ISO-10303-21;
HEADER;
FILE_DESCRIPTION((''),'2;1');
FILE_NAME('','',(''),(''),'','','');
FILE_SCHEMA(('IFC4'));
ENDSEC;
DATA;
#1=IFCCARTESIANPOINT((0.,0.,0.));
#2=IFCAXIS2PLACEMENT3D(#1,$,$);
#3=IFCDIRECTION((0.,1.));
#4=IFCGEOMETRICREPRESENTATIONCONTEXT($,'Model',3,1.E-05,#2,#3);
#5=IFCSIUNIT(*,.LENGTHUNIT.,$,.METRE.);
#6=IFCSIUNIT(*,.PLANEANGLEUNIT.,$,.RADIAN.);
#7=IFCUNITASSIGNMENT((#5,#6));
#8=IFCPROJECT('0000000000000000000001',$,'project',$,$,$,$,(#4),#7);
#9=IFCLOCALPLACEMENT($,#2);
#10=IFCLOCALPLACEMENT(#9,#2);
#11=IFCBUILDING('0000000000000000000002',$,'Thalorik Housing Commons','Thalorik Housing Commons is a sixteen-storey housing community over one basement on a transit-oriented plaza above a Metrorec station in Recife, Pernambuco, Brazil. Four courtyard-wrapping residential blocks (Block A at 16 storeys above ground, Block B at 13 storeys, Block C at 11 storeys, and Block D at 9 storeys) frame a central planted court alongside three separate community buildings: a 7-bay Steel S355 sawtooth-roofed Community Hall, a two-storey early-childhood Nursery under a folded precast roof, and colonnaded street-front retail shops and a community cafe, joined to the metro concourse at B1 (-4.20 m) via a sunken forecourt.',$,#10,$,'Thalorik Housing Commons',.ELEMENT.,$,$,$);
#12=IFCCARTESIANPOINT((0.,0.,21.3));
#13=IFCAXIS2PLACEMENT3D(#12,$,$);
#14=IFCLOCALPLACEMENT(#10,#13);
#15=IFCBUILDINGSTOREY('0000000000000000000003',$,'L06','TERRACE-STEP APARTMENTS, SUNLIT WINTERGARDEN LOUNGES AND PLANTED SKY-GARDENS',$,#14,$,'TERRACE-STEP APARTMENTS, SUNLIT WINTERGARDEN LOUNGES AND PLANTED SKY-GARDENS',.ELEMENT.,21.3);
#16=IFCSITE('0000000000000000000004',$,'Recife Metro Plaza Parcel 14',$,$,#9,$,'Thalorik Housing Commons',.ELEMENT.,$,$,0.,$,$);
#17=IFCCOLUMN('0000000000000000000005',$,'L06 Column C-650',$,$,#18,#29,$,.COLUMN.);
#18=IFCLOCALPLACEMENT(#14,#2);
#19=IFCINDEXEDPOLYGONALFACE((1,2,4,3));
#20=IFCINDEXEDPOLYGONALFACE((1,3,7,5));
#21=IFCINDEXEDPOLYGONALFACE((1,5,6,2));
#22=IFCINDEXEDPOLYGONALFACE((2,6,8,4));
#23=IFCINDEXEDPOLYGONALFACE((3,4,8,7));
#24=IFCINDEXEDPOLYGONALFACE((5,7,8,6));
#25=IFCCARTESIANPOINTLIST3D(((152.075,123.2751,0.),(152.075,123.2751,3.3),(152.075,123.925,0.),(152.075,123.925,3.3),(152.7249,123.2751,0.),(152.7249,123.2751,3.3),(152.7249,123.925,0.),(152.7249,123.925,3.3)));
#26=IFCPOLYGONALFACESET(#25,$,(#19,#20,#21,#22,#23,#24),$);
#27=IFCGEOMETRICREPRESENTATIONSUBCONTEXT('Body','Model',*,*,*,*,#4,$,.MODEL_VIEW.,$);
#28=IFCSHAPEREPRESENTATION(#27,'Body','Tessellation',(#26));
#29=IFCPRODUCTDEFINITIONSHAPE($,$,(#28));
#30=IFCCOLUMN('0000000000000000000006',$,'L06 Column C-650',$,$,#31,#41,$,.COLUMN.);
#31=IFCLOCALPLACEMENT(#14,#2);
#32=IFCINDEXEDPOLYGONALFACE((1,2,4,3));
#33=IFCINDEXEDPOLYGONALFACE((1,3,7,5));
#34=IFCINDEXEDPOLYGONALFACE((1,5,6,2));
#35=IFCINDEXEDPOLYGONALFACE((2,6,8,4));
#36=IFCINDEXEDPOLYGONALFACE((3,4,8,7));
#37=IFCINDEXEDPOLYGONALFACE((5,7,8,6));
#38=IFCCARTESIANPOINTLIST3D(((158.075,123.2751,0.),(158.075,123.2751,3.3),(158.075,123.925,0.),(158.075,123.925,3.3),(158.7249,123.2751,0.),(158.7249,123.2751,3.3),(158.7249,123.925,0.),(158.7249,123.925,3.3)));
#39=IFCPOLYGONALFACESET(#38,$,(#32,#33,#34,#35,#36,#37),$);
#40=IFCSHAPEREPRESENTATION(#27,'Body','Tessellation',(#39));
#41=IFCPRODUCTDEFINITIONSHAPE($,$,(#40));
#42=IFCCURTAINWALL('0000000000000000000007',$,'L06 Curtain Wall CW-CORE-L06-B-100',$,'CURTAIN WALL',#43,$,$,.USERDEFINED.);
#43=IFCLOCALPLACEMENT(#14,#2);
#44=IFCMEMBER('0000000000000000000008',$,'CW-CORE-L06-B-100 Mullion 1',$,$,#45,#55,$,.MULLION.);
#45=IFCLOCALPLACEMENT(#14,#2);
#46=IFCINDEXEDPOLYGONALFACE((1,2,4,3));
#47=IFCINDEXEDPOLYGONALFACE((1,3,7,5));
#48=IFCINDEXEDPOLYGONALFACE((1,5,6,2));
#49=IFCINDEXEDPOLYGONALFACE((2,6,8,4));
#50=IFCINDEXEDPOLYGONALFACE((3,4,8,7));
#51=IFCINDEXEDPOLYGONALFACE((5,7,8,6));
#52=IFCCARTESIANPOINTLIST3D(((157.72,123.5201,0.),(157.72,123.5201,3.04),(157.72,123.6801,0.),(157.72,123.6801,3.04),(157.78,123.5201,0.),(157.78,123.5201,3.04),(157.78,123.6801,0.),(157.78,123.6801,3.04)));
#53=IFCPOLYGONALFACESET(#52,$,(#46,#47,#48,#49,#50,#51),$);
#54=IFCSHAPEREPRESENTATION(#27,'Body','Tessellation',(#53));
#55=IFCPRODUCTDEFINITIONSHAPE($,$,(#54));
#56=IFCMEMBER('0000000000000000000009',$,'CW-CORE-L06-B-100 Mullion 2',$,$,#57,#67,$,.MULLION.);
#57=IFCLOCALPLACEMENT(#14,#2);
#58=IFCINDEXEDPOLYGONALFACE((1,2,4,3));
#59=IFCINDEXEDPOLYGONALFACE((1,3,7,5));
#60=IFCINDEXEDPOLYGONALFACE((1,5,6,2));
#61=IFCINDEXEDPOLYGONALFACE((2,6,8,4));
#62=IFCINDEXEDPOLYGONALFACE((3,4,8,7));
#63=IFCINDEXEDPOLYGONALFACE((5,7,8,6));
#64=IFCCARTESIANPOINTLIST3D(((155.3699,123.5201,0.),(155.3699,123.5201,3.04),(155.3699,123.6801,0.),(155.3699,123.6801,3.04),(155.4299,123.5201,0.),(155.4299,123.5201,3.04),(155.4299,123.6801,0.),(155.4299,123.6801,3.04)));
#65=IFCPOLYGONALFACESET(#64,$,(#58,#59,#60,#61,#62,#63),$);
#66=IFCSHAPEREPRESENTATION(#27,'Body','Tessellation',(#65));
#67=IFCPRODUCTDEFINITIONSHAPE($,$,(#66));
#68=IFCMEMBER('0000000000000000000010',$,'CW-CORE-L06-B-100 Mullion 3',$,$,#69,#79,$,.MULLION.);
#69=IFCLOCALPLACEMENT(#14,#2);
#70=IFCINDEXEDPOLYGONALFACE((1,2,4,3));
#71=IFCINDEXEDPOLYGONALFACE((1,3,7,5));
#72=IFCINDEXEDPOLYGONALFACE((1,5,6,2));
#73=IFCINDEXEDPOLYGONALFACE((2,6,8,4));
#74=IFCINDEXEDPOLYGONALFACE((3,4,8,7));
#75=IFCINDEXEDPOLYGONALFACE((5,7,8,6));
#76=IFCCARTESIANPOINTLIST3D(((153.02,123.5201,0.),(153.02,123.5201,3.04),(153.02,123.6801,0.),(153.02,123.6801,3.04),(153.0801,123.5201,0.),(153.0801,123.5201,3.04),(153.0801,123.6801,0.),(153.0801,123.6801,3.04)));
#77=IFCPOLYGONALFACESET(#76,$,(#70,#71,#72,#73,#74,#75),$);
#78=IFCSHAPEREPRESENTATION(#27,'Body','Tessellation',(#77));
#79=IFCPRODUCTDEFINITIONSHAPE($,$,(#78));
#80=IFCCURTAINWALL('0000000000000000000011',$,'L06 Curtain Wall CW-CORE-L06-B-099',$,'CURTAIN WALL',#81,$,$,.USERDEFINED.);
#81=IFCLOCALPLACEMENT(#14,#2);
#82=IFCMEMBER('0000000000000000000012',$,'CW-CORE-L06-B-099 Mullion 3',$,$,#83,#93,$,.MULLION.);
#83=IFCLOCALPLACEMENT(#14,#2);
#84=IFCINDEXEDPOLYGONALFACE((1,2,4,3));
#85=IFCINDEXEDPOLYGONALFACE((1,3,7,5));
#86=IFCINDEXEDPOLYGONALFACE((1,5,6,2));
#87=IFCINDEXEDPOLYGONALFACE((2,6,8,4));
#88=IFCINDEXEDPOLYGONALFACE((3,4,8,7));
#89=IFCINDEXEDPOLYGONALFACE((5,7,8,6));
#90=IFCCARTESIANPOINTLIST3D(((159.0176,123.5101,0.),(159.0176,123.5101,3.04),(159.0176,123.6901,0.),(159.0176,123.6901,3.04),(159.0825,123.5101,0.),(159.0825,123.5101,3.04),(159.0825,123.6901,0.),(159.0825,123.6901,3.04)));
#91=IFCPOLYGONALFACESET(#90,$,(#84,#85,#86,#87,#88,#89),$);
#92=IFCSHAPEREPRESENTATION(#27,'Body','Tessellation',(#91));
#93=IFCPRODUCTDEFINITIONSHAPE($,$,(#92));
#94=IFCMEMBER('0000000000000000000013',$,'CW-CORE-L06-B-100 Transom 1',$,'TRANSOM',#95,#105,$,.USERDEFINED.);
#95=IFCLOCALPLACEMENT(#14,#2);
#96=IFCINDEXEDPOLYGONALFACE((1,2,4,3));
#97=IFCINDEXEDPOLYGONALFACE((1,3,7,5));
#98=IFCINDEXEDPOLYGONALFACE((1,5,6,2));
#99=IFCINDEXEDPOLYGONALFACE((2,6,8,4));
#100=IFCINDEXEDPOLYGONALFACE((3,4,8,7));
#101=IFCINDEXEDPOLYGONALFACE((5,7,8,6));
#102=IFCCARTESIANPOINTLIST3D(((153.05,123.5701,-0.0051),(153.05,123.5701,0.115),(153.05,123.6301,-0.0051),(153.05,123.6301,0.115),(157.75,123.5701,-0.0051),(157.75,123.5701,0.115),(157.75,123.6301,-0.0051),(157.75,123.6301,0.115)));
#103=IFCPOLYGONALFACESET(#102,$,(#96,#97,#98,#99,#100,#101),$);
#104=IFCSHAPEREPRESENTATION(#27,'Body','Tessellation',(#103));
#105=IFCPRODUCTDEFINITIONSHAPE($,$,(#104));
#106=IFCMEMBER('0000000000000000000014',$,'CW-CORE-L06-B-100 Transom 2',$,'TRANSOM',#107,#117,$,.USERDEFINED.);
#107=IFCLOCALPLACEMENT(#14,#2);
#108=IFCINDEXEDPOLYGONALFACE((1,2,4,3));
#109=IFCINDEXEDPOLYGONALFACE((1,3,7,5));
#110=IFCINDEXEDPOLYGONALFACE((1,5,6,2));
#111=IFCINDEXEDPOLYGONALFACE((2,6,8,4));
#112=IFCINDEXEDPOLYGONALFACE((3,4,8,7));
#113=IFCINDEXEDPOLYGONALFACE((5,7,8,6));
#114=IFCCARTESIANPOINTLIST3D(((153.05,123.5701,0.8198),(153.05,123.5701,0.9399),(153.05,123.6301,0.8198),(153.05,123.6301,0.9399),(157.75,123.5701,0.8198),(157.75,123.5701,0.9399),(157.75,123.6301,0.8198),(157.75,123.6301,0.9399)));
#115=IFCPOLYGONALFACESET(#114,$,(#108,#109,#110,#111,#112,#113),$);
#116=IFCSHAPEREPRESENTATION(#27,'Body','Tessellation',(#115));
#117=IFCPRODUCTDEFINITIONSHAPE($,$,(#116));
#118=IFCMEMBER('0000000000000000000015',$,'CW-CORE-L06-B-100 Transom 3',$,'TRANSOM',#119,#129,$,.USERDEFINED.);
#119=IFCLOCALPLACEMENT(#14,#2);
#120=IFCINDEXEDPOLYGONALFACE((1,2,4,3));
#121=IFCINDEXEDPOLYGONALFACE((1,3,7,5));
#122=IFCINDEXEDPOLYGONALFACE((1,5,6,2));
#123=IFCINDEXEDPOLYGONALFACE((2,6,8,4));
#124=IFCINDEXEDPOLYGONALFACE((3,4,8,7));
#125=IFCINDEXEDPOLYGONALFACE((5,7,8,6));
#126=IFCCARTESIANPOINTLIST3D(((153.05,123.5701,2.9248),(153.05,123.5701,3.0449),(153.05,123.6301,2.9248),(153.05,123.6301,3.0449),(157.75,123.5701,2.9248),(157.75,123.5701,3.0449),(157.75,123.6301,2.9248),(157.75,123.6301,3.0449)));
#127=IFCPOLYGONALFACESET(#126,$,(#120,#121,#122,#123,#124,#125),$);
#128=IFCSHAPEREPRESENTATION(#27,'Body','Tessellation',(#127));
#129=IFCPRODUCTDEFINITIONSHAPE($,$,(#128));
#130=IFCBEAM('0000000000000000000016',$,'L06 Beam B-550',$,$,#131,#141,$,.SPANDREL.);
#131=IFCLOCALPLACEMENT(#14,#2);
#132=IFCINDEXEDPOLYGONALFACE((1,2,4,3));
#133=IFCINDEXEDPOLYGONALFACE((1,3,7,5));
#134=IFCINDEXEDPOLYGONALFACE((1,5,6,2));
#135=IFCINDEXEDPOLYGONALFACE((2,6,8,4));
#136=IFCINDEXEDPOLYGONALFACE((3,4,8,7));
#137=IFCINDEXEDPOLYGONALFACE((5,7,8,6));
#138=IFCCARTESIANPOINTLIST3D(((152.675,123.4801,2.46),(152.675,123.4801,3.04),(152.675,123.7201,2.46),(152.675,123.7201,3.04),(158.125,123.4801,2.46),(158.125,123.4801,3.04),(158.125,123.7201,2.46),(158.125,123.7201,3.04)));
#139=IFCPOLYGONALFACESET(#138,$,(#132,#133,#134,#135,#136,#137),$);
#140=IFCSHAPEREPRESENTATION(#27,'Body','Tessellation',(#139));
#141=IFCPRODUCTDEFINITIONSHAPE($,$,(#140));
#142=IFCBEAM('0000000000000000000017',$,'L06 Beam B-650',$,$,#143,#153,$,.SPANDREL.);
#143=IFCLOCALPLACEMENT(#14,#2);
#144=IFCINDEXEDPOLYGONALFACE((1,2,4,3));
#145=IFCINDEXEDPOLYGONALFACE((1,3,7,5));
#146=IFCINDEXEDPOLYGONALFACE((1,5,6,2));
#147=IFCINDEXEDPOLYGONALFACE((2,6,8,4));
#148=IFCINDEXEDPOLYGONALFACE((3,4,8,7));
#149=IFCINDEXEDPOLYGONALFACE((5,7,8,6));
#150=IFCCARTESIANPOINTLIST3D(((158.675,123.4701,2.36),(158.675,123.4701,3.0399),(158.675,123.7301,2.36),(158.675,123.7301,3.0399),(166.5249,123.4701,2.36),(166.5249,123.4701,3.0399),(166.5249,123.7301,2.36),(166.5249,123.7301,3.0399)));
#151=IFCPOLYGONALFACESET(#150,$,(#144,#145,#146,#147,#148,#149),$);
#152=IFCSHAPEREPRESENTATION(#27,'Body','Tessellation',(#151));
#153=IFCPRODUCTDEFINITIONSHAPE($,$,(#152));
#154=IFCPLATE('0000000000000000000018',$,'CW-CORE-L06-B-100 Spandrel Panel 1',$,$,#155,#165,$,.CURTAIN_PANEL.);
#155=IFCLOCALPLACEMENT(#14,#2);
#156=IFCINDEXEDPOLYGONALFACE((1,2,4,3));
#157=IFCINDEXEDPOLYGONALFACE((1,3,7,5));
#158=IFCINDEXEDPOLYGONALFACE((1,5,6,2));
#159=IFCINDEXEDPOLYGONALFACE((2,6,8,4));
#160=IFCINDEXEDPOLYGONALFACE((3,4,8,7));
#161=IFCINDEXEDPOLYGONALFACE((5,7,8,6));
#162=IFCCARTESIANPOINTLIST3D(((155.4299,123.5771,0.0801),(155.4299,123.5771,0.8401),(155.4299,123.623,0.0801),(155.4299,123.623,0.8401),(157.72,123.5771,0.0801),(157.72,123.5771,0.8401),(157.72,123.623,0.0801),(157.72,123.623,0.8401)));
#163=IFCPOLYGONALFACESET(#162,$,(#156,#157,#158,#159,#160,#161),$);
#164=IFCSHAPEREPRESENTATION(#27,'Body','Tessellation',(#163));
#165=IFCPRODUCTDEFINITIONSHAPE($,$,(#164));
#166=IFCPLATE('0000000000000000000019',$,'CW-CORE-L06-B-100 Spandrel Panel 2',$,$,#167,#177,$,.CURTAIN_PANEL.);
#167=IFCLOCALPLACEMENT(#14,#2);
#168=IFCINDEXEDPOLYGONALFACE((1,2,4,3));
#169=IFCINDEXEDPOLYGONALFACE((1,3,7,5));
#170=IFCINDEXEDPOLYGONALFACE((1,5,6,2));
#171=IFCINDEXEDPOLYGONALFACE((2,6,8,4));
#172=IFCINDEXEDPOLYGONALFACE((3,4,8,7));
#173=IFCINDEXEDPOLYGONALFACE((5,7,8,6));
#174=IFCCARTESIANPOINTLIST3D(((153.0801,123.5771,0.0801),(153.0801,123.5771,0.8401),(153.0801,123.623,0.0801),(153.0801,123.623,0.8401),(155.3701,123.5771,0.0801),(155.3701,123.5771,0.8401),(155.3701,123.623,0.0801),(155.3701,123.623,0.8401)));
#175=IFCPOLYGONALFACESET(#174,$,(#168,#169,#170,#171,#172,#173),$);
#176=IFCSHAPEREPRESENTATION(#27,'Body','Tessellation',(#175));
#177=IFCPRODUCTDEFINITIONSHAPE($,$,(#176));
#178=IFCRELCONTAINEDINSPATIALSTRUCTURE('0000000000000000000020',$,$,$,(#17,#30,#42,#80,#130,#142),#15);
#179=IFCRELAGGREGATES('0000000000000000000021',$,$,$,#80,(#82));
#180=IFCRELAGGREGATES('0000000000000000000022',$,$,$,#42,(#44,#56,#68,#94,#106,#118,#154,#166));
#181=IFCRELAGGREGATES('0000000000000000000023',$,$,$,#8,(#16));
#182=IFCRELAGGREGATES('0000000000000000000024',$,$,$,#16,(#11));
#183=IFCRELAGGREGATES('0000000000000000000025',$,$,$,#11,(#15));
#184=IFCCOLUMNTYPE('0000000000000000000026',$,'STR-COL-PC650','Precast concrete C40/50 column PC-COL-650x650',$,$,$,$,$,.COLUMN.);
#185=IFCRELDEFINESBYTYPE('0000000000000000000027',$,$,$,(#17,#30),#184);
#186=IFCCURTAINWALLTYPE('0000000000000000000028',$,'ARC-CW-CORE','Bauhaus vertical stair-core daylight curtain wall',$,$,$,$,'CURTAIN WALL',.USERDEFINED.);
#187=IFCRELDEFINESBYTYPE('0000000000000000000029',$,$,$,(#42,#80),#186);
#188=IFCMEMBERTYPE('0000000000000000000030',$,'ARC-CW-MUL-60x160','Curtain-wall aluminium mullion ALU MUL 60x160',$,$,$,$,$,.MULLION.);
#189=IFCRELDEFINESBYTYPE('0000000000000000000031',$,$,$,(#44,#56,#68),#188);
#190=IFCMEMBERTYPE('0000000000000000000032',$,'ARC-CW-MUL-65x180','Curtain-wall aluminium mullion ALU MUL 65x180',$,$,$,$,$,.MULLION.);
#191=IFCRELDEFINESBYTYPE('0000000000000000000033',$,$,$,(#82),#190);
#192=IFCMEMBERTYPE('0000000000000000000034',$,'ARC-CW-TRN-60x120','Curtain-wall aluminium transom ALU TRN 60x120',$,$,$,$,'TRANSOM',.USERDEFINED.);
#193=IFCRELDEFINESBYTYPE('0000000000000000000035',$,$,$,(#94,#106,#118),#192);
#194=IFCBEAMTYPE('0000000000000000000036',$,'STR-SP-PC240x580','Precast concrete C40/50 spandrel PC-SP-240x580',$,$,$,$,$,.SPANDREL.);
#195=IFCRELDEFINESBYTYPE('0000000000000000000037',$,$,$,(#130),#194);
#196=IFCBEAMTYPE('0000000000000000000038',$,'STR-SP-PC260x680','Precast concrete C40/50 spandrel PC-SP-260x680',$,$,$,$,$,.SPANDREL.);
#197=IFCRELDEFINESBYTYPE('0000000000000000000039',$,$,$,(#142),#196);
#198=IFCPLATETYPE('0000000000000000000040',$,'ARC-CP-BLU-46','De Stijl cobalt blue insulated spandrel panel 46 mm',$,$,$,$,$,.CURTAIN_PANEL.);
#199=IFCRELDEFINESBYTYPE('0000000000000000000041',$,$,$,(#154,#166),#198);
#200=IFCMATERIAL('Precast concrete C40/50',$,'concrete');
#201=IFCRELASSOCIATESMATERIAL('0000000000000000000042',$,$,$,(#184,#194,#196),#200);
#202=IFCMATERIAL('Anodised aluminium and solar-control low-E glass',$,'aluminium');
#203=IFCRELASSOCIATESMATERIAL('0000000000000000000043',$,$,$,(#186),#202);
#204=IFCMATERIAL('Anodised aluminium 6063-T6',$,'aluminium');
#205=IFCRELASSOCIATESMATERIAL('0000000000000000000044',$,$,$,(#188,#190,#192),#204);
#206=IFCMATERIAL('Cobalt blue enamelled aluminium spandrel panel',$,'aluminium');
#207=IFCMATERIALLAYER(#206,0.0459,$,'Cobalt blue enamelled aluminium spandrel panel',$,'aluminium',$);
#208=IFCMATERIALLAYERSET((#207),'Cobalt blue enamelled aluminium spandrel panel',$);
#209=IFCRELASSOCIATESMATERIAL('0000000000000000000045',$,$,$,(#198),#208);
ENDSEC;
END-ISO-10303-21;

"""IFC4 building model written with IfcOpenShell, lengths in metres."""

from ifc_helpers import new_model, si_unit, direction, frame, origin, origin_2d, place, context, subcontext, project, spatial, rectangle, extrude, material, layer, layer_set, material_profile, profile_set, type_object, element, aggregate, save


model = new_model("IFC4")

# Units and contexts
model_context = context("Model", 3, precision=1e-05, world=origin(), true_north=direction((0.0, 1.0)))
body_context = subcontext(model_context, "Body", "Model", "MODEL_VIEW")
ifc_project = project(units=[si_unit("LENGTHUNIT", "METRE"), si_unit("PLANEANGLEUNIT", "RADIAN")], contexts=[model_context])

# Site, building, storey
site_placement = place(None, origin())
site = spatial("IfcSite", under=ifc_project, at=site_placement, Name="Recife Metro Plaza Parcel 14", LongName="Thalorik Housing Commons", CompositionType="ELEMENT", RefElevation=0.0)
building_placement = place(site_placement, origin())
building = spatial("IfcBuilding", under=site, at=building_placement, Name="Thalorik Housing Commons", Description="Thalorik Housing Commons is a sixteen-storey housing community over one basement on a transit-oriented plaza above a Metrorec station in Recife, Pernambuco, Brazil. Four courtyard-wrapping residential blocks (Block A at 16 storeys above ground, Block B at 13 storeys, Block C at 11 storeys, and Block D at 9 storeys) frame a central planted court alongside three separate community buildings: a 7-bay Steel S355 sawtooth-roofed Community Hall, a two-storey early-childhood Nursery under a folded precast roof, and colonnaded street-front retail shops and a community cafe, joined to the metro concourse at B1 (-4.20 m) via a sunken forecourt.", LongName="Thalorik Housing Commons", CompositionType="ELEMENT")
storey_placement = place(building_placement, frame((0.0, 0.0, 21.3)))
storey = spatial("IfcBuildingStorey", under=building, at=storey_placement, Name="L06", Description="TERRACE-STEP APARTMENTS, SUNLIT WINTERGARDEN LOUNGES AND PLANTED SKY-GARDENS", LongName="TERRACE-STEP APARTMENTS, SUNLIT WINTERGARDEN LOUNGES AND PLANTED SKY-GARDENS", CompositionType="ELEMENT", Elevation=21.3)

# Columns
ifc_material_1 = material(Name="Precast concrete C40/50", Category="concrete")
ifc_material_profile_1 = material_profile(ifc_material_1, rectangle(XDim=0.6499, YDim=0.6499, at=origin_2d()), Name="PC 650x650", Category="concrete")
ifc_profile_set_1 = profile_set([ifc_material_profile_1], Name="Precast concrete C40/50")
column_type = type_object("IfcColumnType", Name="STR-COL-PC650", Description="Precast concrete C40/50 column PC-COL-650x650", PredefinedType="COLUMN", material=ifc_profile_set_1)
for number, where, z_axis, x_axis, name in (
    (1, (152.3999, 123.6001, 0.0), (0.0, 0.0, 1.0), (1.0, 0.0, 0.0), "L06 Column C-650"),
    (2, (158.3999, 123.6001, 0.0), (0.0, 0.0, 1.0), (1.0, 0.0, 0.0), "L06 Column C-650"),
):
    element("IfcColumn", number, at=place(storey_placement, frame(where, z_axis=z_axis, x_axis=x_axis)), inside=storey, type_object=column_type, Name=name, PredefinedType="COLUMN", context=body_context, shape_type="SweptSolid", body=[
        extrude(rectangle(XDim=0.6499, YDim=0.6499, at=origin_2d()), origin(), (0.0, 0.0, 1.0), 3.3),
    ])

# Curtain wall, members
ifc_material_2 = material(Name="Anodised aluminium and solar-control low-E glass", Category="aluminium")
curtain_wall_type = type_object("IfcCurtainWallType", Name="ARC-CW-CORE", Description="Bauhaus vertical stair-core daylight curtain wall", ElementType="CURTAIN WALL", PredefinedType="USERDEFINED", material=ifc_material_2)
curtain_wall_1_placement = place(storey_placement, origin())
curtain_wall_1 = element("IfcCurtainWall", 3, at=curtain_wall_1_placement, inside=storey, type_object=curtain_wall_type, Name="L06 Curtain Wall CW-CORE-L06-B-100", ObjectType="CURTAIN WALL", PredefinedType="USERDEFINED")
ifc_material_3 = material(Name="Anodised aluminium 6063-T6", Category="aluminium")
ifc_material_profile_2 = material_profile(ifc_material_3, rectangle(XDim=0.0601, YDim=0.1599, at=origin_2d()), Name="ALU MUL 60x160", Category="aluminium")
ifc_profile_set_2 = profile_set([ifc_material_profile_2], Name="Anodised aluminium 6063-T6")
member_type_1 = type_object("IfcMemberType", Name="ARC-CW-MUL-60x160", Description="Curtain-wall aluminium mullion ALU MUL 60x160", PredefinedType="MULLION", material=ifc_profile_set_2)
member_1_placement = place(storey_placement, frame((157.75, 123.6001, 0.0), z_axis=(0.0, 0.0, 1.0), x_axis=(-1.0, 0.0, 0.0)))
member_1 = element("IfcMember", 4, at=member_1_placement, type_object=member_type_1, Name="CW-CORE-L06-B-100 Mullion 1", PredefinedType="MULLION", context=body_context, shape_type="SweptSolid", body=[
    extrude(rectangle(XDim=0.0601, YDim=0.1599, at=origin_2d()), origin(), (0.0, 0.0, 1.0), 3.04),
])
member_2_placement = place(storey_placement, frame((155.3999, 123.6001, 0.0), z_axis=(0.0, 0.0, 1.0), x_axis=(-1.0, 0.0, 0.0)))
member_2 = element("IfcMember", 5, at=member_2_placement, type_object=member_type_1, Name="CW-CORE-L06-B-100 Mullion 2", PredefinedType="MULLION", context=body_context, shape_type="SweptSolid", body=[
    extrude(rectangle(XDim=0.0601, YDim=0.1599, at=origin_2d()), origin(), (0.0, 0.0, 1.0), 3.04),
])
member_3_placement = place(storey_placement, frame((153.05, 123.6001, 0.0), z_axis=(0.0, 0.0, 1.0), x_axis=(-1.0, 0.0, 0.0)))
member_3 = element("IfcMember", 6, at=member_3_placement, type_object=member_type_1, Name="CW-CORE-L06-B-100 Mullion 3", PredefinedType="MULLION", context=body_context, shape_type="SweptSolid", body=[
    extrude(rectangle(XDim=0.0601, YDim=0.1599, at=origin_2d()), origin(), (0.0, 0.0, 1.0), 3.04),
])

# Curtain wall, member
curtain_wall_2_placement = place(storey_placement, origin())
curtain_wall_2 = element("IfcCurtainWall", 7, at=curtain_wall_2_placement, inside=storey, type_object=curtain_wall_type, Name="L06 Curtain Wall CW-CORE-L06-B-099", ObjectType="CURTAIN WALL", PredefinedType="USERDEFINED")
ifc_material_profile_3 = material_profile(ifc_material_3, rectangle(XDim=0.0649, YDim=0.1799, at=origin_2d()), Name="ALU MUL 65x180", Category="aluminium")
ifc_profile_set_3 = profile_set([ifc_material_profile_3], Name="Anodised aluminium 6063-T6")
member_type_2 = type_object("IfcMemberType", Name="ARC-CW-MUL-65x180", Description="Curtain-wall aluminium mullion ALU MUL 65x180", PredefinedType="MULLION", material=ifc_profile_set_3)
member_4_placement = place(storey_placement, frame((159.05, 123.6001, 0.0), z_axis=(0.0, 0.0, 1.0), x_axis=(-1.0, 0.0, 0.0)))
member_4 = element("IfcMember", 8, at=member_4_placement, type_object=member_type_2, Name="CW-CORE-L06-B-099 Mullion 3", PredefinedType="MULLION", context=body_context, shape_type="SweptSolid", body=[
    extrude(rectangle(XDim=0.0649, YDim=0.1799, at=origin_2d()), origin(), (0.0, 0.0, 1.0), 3.04),
])
aggregate(curtain_wall_2, [member_4])

# Members
ifc_material_profile_4 = material_profile(ifc_material_3, rectangle(XDim=0.0601, YDim=0.1201, at=origin_2d()), Name="ALU TRN 60x120", Category="aluminium")
ifc_profile_set_4 = profile_set([ifc_material_profile_4], Name="Anodised aluminium 6063-T6")
member_type_3 = type_object("IfcMemberType", Name="ARC-CW-TRN-60x120", Description="Curtain-wall aluminium transom ALU TRN 60x120", ElementType="TRANSOM", PredefinedType="USERDEFINED", material=ifc_profile_set_4)
member_5_placement = place(storey_placement, frame((157.75, 123.6001, 0.0549), z_axis=(-1.0, 0.0, 0.0), x_axis=(0.0, -1.0, 0.0)))
member_5 = element("IfcMember", 9, at=member_5_placement, type_object=member_type_3, Name="CW-CORE-L06-B-100 Transom 1", ObjectType="TRANSOM", PredefinedType="USERDEFINED", context=body_context, shape_type="SweptSolid", body=[
    extrude(rectangle(XDim=0.0601, YDim=0.1201, at=origin_2d()), origin(), (0.0, 0.0, 1.0), 4.7),
])
member_6_placement = place(storey_placement, frame((157.75, 123.6001, 0.8799), z_axis=(-1.0, 0.0, 0.0), x_axis=(0.0, -1.0, 0.0)))
member_6 = element("IfcMember", 10, at=member_6_placement, type_object=member_type_3, Name="CW-CORE-L06-B-100 Transom 2", ObjectType="TRANSOM", PredefinedType="USERDEFINED", context=body_context, shape_type="SweptSolid", body=[
    extrude(rectangle(XDim=0.0601, YDim=0.1201, at=origin_2d()), origin(), (0.0, 0.0, 1.0), 4.7),
])
member_7_placement = place(storey_placement, frame((157.75, 123.6001, 2.9849), z_axis=(-1.0, 0.0, 0.0), x_axis=(0.0, -1.0, 0.0)))
member_7 = element("IfcMember", 11, at=member_7_placement, type_object=member_type_3, Name="CW-CORE-L06-B-100 Transom 3", ObjectType="TRANSOM", PredefinedType="USERDEFINED", context=body_context, shape_type="SweptSolid", body=[
    extrude(rectangle(XDim=0.0601, YDim=0.1201, at=origin_2d()), origin(), (0.0, 0.0, 1.0), 4.7),
])

# Beams
ifc_material_profile_5 = material_profile(ifc_material_1, rectangle(XDim=0.24, YDim=0.5801, at=origin_2d()), Name="PC SP 240x580", Category="concrete")
ifc_profile_set_5 = profile_set([ifc_material_profile_5], Name="Precast concrete C40/50")
beam_type_1 = type_object("IfcBeamType", Name="STR-SP-PC240x580", Description="Precast concrete C40/50 spandrel PC-SP-240x580", PredefinedType="SPANDREL", material=ifc_profile_set_5)
beam_1_placement = place(storey_placement, frame((152.675, 123.6001, 2.75), z_axis=(1.0, 0.0, 0.0), x_axis=(0.0, 1.0, 0.0)))
element("IfcBeam", 12, at=beam_1_placement, inside=storey, type_object=beam_type_1, Name="L06 Beam B-550", PredefinedType="SPANDREL", context=body_context, shape_type="SweptSolid", body=[
    extrude(rectangle(XDim=0.24, YDim=0.5801, at=origin_2d()), origin(), (0.0, 0.0, 1.0), 5.45),
])
ifc_material_profile_6 = material_profile(ifc_material_1, rectangle(XDim=0.26, YDim=0.6799, at=origin_2d()), Name="PC SP 260x680", Category="concrete")
ifc_profile_set_6 = profile_set([ifc_material_profile_6], Name="Precast concrete C40/50")
beam_type_2 = type_object("IfcBeamType", Name="STR-SP-PC260x680", Description="Precast concrete C40/50 spandrel PC-SP-260x680", PredefinedType="SPANDREL", material=ifc_profile_set_6)
beam_2_placement = place(storey_placement, frame((158.675, 123.6001, 2.7), z_axis=(1.0, 0.0, 0.0), x_axis=(0.0, 1.0, 0.0)))
element("IfcBeam", 13, at=beam_2_placement, inside=storey, type_object=beam_type_2, Name="L06 Beam B-650", PredefinedType="SPANDREL", context=body_context, shape_type="SweptSolid", body=[
    extrude(rectangle(XDim=0.26, YDim=0.6799, at=origin_2d()), origin(), (0.0, 0.0, 1.0), 7.8499),
])

# Plates
ifc_material_4 = material(Name="Cobalt blue enamelled aluminium spandrel panel", Category="aluminium")
ifc_layer_1 = layer(ifc_material_4, 0.0459, Name="Cobalt blue enamelled aluminium spandrel panel", Category="aluminium")
ifc_layer_set_1 = layer_set([ifc_layer_1], Name="Cobalt blue enamelled aluminium spandrel panel")
plate_type_1 = type_object("IfcPlateType", Name="ARC-CP-BLU-46", Description="De Stijl cobalt blue insulated spandrel panel 46 mm", PredefinedType="CURTAIN_PANEL", material=ifc_layer_set_1)
plate_1_placement = place(storey_placement, frame((156.575, 123.6001, 0.0801), z_axis=(0.0, 0.0, 1.0), x_axis=(-1.0, 0.0, 0.0)))
plate_1 = element("IfcPlate", 14, at=plate_1_placement, type_object=plate_type_1, Name="CW-CORE-L06-B-100 Spandrel Panel 1", PredefinedType="CURTAIN_PANEL", context=body_context, shape_type="SweptSolid", body=[
    extrude(rectangle(XDim=2.29, YDim=0.0459, at=origin_2d()), origin(), (0.0, 0.0, 1.0), 0.76),
])
plate_2_placement = place(storey_placement, frame((154.2251, 123.6001, 0.0801), z_axis=(0.0, 0.0, 1.0), x_axis=(-1.0, 0.0, 0.0)))
plate_2 = element("IfcPlate", 15, at=plate_2_placement, type_object=plate_type_1, Name="CW-CORE-L06-B-100 Spandrel Panel 2", PredefinedType="CURTAIN_PANEL", context=body_context, shape_type="SweptSolid", body=[
    extrude(rectangle(XDim=2.29, YDim=0.0459, at=origin_2d()), origin(), (0.0, 0.0, 1.0), 0.76),
])
aggregate(curtain_wall_1, [member_1, member_2, member_3, member_5, member_6, member_7, plate_1, plate_2])

save(model, "model.ifc")
